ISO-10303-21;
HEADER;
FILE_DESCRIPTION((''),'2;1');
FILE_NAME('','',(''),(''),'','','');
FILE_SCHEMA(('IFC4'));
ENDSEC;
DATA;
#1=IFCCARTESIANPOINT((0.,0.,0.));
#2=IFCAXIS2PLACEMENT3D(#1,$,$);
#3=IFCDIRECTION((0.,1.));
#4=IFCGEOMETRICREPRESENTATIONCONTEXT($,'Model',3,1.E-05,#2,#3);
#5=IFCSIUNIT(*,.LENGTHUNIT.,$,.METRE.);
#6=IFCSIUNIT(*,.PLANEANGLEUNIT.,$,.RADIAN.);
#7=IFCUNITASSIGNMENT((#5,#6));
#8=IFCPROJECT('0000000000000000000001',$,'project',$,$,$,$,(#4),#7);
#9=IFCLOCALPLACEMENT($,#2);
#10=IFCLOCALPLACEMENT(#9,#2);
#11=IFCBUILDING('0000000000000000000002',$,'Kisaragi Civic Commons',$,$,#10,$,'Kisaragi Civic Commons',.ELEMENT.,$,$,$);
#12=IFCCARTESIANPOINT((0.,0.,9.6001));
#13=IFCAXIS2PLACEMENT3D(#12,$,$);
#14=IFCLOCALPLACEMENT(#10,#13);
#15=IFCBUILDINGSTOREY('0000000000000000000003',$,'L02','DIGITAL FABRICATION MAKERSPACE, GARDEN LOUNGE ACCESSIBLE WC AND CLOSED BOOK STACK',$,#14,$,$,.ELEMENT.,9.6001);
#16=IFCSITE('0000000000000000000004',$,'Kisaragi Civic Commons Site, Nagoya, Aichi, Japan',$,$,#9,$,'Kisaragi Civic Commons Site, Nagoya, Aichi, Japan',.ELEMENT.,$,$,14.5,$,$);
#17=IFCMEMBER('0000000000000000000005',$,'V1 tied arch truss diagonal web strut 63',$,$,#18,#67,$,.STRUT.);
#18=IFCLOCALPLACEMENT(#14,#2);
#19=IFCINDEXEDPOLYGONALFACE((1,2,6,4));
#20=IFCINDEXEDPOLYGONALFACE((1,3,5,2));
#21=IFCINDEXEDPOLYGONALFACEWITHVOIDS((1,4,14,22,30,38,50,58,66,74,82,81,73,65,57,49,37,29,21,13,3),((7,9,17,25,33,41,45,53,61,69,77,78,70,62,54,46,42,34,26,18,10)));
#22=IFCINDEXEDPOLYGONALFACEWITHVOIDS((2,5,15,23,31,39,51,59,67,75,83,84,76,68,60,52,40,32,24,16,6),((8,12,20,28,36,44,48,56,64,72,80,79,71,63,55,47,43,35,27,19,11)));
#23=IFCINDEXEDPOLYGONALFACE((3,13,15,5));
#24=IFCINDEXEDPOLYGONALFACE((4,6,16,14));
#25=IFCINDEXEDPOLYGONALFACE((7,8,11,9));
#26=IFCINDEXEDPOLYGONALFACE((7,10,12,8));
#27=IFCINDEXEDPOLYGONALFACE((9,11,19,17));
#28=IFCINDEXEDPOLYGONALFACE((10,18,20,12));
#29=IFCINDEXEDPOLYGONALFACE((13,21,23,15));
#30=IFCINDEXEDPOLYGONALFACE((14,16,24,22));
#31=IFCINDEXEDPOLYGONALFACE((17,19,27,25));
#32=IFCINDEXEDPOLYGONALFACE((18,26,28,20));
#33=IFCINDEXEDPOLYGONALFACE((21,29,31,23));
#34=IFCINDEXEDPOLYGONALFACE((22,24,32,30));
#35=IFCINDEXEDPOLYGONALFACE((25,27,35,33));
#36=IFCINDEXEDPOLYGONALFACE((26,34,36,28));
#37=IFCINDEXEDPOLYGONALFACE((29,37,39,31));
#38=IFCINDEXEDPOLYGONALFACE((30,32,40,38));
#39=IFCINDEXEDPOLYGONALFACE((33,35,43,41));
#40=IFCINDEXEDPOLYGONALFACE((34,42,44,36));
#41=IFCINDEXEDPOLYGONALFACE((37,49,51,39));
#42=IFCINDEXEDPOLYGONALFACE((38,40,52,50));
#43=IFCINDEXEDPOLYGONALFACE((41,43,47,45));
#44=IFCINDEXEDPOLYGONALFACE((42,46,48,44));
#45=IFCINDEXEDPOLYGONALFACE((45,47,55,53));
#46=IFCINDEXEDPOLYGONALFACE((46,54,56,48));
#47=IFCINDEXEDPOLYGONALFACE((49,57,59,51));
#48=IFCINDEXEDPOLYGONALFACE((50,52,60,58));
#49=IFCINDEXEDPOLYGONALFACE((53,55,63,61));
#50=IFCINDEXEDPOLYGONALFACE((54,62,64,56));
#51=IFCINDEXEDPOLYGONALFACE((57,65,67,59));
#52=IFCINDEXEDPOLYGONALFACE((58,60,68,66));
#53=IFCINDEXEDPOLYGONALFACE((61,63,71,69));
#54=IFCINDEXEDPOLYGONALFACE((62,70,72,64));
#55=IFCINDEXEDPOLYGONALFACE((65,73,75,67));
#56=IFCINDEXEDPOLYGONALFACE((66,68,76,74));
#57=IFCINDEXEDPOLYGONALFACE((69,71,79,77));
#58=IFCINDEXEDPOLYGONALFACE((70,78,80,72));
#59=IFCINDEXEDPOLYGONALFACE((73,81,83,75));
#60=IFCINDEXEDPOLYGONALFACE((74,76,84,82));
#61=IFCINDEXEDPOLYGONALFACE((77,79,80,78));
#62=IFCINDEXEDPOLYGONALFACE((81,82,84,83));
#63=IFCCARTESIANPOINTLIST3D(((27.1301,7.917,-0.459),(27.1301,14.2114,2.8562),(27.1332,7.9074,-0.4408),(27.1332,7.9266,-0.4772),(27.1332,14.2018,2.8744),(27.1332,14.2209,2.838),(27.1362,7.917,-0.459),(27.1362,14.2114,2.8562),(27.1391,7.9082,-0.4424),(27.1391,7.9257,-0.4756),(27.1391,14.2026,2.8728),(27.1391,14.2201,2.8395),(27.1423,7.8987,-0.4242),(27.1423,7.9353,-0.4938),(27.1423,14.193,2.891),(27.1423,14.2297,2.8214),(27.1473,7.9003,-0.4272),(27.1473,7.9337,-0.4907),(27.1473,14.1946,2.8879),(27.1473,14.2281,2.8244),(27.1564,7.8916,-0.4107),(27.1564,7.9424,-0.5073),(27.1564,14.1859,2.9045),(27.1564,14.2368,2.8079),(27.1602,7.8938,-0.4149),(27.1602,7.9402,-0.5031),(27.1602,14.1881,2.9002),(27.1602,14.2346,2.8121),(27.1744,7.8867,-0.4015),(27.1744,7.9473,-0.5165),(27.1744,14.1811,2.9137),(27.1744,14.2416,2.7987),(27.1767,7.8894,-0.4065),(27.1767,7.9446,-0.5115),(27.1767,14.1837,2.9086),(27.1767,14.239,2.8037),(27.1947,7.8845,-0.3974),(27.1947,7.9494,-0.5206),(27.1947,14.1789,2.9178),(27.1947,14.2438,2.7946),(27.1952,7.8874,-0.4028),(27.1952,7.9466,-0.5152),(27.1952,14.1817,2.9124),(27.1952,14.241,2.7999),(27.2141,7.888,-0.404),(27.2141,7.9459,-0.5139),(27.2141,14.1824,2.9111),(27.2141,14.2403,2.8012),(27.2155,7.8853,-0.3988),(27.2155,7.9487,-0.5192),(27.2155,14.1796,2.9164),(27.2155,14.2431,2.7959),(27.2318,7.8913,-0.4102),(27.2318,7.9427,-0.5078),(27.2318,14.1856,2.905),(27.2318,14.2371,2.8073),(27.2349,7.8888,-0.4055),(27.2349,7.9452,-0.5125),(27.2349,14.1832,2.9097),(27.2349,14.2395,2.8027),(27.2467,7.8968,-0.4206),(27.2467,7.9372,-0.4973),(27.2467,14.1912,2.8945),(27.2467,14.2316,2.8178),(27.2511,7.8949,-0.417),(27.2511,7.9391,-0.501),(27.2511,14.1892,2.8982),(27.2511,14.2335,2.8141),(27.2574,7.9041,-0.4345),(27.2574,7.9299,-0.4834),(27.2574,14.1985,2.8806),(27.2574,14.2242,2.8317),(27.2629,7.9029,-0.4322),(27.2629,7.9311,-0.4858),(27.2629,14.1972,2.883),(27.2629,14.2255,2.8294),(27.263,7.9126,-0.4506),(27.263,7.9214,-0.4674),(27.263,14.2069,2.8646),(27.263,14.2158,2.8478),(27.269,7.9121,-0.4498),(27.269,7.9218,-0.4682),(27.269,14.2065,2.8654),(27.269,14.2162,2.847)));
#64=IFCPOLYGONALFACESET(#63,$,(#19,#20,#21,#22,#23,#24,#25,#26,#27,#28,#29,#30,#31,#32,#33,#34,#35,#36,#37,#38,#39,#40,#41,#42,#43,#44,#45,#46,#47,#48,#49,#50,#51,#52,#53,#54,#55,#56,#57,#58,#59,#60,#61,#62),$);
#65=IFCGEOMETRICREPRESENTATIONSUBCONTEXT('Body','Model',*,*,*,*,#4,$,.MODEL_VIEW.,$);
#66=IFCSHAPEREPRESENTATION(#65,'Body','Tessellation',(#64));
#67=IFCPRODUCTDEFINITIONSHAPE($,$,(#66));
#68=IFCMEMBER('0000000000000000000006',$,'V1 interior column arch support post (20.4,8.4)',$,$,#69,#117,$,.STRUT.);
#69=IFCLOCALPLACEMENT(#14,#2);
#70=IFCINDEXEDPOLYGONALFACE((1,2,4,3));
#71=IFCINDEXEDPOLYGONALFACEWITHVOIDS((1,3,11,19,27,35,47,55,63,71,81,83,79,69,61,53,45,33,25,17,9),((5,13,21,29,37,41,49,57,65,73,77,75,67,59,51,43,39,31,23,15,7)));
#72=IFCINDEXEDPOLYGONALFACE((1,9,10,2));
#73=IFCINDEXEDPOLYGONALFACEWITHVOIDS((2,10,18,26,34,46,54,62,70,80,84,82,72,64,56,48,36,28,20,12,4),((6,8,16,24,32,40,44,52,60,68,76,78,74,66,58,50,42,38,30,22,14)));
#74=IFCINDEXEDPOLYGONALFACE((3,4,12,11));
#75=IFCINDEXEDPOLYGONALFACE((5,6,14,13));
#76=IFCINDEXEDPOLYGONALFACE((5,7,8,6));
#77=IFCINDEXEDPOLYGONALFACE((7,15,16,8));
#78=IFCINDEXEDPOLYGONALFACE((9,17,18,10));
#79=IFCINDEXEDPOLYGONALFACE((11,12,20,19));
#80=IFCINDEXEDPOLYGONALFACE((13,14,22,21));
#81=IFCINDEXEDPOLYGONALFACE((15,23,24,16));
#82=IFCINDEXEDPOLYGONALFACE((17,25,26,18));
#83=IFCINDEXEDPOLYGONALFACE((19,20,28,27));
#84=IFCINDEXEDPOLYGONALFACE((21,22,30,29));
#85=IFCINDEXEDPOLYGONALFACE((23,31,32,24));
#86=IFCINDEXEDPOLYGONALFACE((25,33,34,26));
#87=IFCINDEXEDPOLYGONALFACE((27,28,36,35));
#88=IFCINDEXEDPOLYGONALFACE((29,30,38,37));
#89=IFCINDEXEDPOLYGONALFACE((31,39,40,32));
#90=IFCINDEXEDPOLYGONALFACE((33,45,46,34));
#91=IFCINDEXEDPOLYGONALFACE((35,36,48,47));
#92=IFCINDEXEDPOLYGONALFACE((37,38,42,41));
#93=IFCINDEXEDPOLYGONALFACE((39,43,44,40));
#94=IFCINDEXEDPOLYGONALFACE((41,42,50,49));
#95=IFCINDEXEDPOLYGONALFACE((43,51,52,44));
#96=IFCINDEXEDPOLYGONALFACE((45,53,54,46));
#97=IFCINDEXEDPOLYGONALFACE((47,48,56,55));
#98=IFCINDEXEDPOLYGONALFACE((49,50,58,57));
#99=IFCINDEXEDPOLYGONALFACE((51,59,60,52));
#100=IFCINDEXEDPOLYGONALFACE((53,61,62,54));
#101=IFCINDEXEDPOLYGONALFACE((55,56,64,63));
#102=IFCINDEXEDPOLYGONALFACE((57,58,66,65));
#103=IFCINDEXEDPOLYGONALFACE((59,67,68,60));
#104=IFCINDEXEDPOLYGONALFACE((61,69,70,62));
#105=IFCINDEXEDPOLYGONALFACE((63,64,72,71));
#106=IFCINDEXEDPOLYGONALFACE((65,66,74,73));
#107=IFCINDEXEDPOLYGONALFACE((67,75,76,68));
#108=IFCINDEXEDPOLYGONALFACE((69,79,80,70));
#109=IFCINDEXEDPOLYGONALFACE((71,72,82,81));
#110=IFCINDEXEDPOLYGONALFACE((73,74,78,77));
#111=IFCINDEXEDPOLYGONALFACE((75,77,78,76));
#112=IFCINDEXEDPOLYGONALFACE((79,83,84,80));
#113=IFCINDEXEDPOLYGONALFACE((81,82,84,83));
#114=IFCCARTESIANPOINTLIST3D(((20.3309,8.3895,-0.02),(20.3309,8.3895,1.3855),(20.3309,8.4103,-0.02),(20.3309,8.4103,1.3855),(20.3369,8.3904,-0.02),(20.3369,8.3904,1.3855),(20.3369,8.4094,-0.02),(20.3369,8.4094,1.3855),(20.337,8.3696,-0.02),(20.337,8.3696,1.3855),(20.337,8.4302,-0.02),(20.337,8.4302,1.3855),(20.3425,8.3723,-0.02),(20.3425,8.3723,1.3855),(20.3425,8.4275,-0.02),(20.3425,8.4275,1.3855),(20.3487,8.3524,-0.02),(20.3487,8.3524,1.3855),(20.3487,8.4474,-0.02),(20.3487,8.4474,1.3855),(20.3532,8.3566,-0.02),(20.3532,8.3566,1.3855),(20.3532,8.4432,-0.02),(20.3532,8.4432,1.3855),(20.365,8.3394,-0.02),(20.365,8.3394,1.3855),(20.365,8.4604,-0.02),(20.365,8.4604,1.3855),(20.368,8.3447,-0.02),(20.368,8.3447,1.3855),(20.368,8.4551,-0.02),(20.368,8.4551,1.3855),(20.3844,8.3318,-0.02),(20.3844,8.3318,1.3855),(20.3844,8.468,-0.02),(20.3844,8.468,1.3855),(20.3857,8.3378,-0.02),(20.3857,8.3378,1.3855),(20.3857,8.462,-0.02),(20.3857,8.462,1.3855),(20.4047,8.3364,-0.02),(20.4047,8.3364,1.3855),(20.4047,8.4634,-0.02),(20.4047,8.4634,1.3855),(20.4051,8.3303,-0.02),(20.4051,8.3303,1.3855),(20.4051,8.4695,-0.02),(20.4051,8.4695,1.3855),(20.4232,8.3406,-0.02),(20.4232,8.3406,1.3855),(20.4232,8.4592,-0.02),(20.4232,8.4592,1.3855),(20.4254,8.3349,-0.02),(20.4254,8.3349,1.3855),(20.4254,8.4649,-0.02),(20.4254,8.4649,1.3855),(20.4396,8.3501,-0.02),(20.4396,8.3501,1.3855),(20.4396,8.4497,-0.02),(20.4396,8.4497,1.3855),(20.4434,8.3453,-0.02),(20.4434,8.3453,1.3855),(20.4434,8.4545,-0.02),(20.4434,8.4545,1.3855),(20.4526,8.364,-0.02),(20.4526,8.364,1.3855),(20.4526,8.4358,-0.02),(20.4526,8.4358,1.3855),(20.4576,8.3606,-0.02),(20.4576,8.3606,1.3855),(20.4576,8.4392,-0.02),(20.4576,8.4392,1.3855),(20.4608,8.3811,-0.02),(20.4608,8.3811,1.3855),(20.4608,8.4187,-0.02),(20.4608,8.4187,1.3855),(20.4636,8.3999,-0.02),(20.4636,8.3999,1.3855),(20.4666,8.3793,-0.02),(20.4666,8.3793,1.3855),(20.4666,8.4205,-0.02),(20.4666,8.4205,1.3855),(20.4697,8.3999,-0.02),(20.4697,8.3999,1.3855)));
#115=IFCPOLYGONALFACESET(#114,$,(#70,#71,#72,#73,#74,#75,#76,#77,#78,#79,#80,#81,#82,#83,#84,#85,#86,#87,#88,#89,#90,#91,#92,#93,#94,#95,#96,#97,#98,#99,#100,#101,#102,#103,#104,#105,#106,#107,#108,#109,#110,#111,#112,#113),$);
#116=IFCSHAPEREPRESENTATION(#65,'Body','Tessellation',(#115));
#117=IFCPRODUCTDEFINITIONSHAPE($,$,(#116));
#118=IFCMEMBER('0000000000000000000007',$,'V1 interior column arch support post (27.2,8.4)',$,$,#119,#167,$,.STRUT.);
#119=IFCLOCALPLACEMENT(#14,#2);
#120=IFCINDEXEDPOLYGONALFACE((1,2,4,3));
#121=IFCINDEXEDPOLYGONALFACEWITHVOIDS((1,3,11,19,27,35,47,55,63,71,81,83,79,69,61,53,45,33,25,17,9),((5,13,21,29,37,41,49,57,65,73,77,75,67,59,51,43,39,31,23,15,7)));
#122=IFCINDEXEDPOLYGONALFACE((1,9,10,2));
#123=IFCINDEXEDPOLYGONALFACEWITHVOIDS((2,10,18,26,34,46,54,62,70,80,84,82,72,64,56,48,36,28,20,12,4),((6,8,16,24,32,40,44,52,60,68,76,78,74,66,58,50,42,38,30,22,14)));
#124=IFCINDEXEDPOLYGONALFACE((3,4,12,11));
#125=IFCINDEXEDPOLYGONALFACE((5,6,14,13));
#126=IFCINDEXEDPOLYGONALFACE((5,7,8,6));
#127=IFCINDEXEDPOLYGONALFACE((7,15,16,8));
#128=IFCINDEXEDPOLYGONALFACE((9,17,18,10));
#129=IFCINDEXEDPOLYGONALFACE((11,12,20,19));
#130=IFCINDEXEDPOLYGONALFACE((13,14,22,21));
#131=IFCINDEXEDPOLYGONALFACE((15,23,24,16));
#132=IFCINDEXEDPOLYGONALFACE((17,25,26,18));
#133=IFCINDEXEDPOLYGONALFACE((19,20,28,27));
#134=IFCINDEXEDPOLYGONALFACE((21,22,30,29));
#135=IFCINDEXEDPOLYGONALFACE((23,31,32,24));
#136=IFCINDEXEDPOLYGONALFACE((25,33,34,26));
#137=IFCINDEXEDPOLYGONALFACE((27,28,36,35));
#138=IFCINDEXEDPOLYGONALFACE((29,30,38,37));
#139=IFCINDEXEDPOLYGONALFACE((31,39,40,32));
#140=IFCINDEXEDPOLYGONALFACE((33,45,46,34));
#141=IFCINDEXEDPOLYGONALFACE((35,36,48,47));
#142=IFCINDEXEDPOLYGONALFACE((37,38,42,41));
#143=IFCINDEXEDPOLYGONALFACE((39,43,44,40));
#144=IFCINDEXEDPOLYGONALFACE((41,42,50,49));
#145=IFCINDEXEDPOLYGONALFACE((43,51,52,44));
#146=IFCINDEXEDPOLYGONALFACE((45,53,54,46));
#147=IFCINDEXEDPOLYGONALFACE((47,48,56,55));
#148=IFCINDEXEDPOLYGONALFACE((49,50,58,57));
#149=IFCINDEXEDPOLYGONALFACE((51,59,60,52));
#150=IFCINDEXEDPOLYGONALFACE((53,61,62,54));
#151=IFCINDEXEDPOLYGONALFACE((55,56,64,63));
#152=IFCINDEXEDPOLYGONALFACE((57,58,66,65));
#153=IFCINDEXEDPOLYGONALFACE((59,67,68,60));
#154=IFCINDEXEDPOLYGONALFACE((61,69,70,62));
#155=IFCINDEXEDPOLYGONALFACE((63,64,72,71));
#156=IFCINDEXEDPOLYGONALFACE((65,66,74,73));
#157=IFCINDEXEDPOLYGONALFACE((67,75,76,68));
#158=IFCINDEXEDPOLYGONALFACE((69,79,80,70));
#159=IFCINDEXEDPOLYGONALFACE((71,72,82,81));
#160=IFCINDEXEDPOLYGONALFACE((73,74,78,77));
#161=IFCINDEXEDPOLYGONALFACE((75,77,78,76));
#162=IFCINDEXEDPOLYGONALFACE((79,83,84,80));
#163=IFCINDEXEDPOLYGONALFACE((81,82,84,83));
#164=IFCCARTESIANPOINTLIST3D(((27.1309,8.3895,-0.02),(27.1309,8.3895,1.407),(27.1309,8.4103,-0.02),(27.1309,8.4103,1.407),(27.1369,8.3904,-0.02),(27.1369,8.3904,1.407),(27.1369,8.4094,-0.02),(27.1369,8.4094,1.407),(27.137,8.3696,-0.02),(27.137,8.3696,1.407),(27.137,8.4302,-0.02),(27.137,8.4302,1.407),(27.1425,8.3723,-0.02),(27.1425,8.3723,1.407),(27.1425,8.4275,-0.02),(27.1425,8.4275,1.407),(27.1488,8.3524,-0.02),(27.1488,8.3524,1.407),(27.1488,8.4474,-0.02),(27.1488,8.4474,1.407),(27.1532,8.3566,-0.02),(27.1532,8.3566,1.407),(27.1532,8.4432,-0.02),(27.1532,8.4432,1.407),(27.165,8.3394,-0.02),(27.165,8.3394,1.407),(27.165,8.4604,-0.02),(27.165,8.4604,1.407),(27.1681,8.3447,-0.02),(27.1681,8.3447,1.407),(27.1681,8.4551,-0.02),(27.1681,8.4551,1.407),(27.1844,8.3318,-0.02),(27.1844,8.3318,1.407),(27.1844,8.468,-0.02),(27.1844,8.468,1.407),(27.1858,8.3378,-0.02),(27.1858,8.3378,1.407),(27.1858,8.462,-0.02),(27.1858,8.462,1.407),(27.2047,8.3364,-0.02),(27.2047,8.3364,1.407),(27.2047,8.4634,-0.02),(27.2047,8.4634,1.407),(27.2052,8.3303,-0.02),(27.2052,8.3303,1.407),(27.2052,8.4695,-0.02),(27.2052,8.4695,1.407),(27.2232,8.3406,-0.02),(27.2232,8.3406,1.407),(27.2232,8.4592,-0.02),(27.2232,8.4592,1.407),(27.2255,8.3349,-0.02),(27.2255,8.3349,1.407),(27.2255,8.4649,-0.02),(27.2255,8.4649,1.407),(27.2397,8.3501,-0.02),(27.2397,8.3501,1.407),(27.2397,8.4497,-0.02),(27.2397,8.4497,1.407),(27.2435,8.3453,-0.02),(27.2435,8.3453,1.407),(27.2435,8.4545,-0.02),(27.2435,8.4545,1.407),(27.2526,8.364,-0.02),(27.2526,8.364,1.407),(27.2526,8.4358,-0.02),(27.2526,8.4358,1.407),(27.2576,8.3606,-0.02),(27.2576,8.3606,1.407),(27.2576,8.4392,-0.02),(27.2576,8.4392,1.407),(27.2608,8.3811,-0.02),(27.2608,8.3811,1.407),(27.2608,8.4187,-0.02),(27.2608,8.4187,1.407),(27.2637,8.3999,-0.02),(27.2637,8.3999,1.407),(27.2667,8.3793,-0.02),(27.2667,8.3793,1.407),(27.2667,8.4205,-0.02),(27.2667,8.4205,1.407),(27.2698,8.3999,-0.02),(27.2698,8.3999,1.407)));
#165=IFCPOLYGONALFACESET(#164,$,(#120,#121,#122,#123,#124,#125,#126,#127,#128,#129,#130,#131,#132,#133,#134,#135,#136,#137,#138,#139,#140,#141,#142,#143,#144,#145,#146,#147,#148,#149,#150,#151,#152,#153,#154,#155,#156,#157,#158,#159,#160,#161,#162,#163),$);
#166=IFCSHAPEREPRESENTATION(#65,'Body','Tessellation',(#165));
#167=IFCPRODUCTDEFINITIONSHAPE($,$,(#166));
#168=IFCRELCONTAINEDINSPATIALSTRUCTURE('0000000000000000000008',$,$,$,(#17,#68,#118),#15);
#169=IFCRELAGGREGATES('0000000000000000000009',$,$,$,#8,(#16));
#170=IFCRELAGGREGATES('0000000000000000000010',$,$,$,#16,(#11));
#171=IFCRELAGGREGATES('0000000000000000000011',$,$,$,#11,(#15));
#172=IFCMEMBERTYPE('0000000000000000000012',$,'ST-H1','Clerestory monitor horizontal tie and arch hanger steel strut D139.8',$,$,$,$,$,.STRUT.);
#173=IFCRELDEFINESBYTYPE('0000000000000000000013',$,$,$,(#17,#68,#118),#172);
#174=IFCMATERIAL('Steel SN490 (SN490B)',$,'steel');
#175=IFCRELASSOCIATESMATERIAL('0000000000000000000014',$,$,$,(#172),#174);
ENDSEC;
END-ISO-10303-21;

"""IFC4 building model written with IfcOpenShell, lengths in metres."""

from ifc_helpers import new_model, si_unit, direction, frame, origin, origin_2d, place, context, subcontext, project, spatial, hollow_circle, extrude, material, material_profile, profile_set, type_object, element, save


model = new_model("IFC4")

# Units and contexts
model_context = context("Model", 3, precision=1e-05, world=origin(), true_north=direction((0.0, 1.0)))
body_context = subcontext(model_context, "Body", "Model", "MODEL_VIEW")
ifc_project = project(units=[si_unit("LENGTHUNIT", "METRE"), si_unit("PLANEANGLEUNIT", "RADIAN")], contexts=[model_context])

# Site, building, storey
site_placement = place(None, origin())
site = spatial("IfcSite", under=ifc_project, at=site_placement, Name="Kisaragi Civic Commons Site, Nagoya, Aichi, Japan", LongName="Kisaragi Civic Commons Site, Nagoya, Aichi, Japan", CompositionType="ELEMENT", RefElevation=14.5)
building_placement = place(site_placement, origin())
building = spatial("IfcBuilding", under=site, at=building_placement, Name="Kisaragi Civic Commons", LongName="Kisaragi Civic Commons", CompositionType="ELEMENT")
storey_placement = place(building_placement, frame((0.0, 0.0, 9.6001)))
storey = spatial("IfcBuildingStorey", under=building, at=storey_placement, Name="L02", Description="DIGITAL FABRICATION MAKERSPACE, GARDEN LOUNGE ACCESSIBLE WC AND CLOSED BOOK STACK", CompositionType="ELEMENT", Elevation=9.6001)

# Members
ifc_material_1 = material(Name="Steel SN490 (SN490B)", Category="steel")
ifc_material_profile_1 = material_profile(ifc_material_1, hollow_circle(Radius=0.0698, WallThickness=0.0061, at=origin_2d()), Name="CHS-139.8x6.0", Category="steel")
ifc_profile_set_1 = profile_set([ifc_material_profile_1], Name="Steel SN490 (SN490B)")
member_type_1 = type_object("IfcMemberType", Name="ST-H1", Description="Clerestory monitor horizontal tie and arch hanger steel strut D139.8", PredefinedType="STRUT", material=ifc_profile_set_1)
member_1_placement = place(storey_placement, frame((27.2, 7.917, -0.459), z_axis=(0.0, 0.884783, 0.466002), x_axis=(-1.0, 0.0, 0.0)))
element("IfcMember", 1, at=member_1_placement, inside=storey, type_object=member_type_1, Name="V1 tied arch truss diagonal web strut 63", PredefinedType="STRUT", context=body_context, shape_type="SweptSolid", body=[
    extrude(hollow_circle(Radius=0.0698, WallThickness=0.0061, at=origin_2d()), origin(), (0.0, 0.0, 1.0), 7.114),
])
member_2_placement = place(storey_placement, frame((20.3999, 8.3999, -0.02), z_axis=(0.0, 0.0, 1.0), x_axis=(1.0, 0.0, 0.0)))
element("IfcMember", 2, at=member_2_placement, inside=storey, type_object=member_type_1, Name="V1 interior column arch support post (20.4,8.4)", PredefinedType="STRUT", context=body_context, shape_type="SweptSolid", body=[
    extrude(hollow_circle(Radius=0.0698, WallThickness=0.0061, at=origin_2d()), origin(), (0.0, 0.0, 1.0), 1.4055),
])
member_3_placement = place(storey_placement, frame((27.2, 8.3999, -0.02), z_axis=(0.0, 0.0, 1.0), x_axis=(1.0, 0.0, 0.0)))
element("IfcMember", 3, at=member_3_placement, inside=storey, type_object=member_type_1, Name="V1 interior column arch support post (27.2,8.4)", PredefinedType="STRUT", context=body_context, shape_type="SweptSolid", body=[
    extrude(hollow_circle(Radius=0.0698, WallThickness=0.0061, at=origin_2d()), origin(), (0.0, 0.0, 1.0), 1.427),
])

save(model, "model.ifc")
